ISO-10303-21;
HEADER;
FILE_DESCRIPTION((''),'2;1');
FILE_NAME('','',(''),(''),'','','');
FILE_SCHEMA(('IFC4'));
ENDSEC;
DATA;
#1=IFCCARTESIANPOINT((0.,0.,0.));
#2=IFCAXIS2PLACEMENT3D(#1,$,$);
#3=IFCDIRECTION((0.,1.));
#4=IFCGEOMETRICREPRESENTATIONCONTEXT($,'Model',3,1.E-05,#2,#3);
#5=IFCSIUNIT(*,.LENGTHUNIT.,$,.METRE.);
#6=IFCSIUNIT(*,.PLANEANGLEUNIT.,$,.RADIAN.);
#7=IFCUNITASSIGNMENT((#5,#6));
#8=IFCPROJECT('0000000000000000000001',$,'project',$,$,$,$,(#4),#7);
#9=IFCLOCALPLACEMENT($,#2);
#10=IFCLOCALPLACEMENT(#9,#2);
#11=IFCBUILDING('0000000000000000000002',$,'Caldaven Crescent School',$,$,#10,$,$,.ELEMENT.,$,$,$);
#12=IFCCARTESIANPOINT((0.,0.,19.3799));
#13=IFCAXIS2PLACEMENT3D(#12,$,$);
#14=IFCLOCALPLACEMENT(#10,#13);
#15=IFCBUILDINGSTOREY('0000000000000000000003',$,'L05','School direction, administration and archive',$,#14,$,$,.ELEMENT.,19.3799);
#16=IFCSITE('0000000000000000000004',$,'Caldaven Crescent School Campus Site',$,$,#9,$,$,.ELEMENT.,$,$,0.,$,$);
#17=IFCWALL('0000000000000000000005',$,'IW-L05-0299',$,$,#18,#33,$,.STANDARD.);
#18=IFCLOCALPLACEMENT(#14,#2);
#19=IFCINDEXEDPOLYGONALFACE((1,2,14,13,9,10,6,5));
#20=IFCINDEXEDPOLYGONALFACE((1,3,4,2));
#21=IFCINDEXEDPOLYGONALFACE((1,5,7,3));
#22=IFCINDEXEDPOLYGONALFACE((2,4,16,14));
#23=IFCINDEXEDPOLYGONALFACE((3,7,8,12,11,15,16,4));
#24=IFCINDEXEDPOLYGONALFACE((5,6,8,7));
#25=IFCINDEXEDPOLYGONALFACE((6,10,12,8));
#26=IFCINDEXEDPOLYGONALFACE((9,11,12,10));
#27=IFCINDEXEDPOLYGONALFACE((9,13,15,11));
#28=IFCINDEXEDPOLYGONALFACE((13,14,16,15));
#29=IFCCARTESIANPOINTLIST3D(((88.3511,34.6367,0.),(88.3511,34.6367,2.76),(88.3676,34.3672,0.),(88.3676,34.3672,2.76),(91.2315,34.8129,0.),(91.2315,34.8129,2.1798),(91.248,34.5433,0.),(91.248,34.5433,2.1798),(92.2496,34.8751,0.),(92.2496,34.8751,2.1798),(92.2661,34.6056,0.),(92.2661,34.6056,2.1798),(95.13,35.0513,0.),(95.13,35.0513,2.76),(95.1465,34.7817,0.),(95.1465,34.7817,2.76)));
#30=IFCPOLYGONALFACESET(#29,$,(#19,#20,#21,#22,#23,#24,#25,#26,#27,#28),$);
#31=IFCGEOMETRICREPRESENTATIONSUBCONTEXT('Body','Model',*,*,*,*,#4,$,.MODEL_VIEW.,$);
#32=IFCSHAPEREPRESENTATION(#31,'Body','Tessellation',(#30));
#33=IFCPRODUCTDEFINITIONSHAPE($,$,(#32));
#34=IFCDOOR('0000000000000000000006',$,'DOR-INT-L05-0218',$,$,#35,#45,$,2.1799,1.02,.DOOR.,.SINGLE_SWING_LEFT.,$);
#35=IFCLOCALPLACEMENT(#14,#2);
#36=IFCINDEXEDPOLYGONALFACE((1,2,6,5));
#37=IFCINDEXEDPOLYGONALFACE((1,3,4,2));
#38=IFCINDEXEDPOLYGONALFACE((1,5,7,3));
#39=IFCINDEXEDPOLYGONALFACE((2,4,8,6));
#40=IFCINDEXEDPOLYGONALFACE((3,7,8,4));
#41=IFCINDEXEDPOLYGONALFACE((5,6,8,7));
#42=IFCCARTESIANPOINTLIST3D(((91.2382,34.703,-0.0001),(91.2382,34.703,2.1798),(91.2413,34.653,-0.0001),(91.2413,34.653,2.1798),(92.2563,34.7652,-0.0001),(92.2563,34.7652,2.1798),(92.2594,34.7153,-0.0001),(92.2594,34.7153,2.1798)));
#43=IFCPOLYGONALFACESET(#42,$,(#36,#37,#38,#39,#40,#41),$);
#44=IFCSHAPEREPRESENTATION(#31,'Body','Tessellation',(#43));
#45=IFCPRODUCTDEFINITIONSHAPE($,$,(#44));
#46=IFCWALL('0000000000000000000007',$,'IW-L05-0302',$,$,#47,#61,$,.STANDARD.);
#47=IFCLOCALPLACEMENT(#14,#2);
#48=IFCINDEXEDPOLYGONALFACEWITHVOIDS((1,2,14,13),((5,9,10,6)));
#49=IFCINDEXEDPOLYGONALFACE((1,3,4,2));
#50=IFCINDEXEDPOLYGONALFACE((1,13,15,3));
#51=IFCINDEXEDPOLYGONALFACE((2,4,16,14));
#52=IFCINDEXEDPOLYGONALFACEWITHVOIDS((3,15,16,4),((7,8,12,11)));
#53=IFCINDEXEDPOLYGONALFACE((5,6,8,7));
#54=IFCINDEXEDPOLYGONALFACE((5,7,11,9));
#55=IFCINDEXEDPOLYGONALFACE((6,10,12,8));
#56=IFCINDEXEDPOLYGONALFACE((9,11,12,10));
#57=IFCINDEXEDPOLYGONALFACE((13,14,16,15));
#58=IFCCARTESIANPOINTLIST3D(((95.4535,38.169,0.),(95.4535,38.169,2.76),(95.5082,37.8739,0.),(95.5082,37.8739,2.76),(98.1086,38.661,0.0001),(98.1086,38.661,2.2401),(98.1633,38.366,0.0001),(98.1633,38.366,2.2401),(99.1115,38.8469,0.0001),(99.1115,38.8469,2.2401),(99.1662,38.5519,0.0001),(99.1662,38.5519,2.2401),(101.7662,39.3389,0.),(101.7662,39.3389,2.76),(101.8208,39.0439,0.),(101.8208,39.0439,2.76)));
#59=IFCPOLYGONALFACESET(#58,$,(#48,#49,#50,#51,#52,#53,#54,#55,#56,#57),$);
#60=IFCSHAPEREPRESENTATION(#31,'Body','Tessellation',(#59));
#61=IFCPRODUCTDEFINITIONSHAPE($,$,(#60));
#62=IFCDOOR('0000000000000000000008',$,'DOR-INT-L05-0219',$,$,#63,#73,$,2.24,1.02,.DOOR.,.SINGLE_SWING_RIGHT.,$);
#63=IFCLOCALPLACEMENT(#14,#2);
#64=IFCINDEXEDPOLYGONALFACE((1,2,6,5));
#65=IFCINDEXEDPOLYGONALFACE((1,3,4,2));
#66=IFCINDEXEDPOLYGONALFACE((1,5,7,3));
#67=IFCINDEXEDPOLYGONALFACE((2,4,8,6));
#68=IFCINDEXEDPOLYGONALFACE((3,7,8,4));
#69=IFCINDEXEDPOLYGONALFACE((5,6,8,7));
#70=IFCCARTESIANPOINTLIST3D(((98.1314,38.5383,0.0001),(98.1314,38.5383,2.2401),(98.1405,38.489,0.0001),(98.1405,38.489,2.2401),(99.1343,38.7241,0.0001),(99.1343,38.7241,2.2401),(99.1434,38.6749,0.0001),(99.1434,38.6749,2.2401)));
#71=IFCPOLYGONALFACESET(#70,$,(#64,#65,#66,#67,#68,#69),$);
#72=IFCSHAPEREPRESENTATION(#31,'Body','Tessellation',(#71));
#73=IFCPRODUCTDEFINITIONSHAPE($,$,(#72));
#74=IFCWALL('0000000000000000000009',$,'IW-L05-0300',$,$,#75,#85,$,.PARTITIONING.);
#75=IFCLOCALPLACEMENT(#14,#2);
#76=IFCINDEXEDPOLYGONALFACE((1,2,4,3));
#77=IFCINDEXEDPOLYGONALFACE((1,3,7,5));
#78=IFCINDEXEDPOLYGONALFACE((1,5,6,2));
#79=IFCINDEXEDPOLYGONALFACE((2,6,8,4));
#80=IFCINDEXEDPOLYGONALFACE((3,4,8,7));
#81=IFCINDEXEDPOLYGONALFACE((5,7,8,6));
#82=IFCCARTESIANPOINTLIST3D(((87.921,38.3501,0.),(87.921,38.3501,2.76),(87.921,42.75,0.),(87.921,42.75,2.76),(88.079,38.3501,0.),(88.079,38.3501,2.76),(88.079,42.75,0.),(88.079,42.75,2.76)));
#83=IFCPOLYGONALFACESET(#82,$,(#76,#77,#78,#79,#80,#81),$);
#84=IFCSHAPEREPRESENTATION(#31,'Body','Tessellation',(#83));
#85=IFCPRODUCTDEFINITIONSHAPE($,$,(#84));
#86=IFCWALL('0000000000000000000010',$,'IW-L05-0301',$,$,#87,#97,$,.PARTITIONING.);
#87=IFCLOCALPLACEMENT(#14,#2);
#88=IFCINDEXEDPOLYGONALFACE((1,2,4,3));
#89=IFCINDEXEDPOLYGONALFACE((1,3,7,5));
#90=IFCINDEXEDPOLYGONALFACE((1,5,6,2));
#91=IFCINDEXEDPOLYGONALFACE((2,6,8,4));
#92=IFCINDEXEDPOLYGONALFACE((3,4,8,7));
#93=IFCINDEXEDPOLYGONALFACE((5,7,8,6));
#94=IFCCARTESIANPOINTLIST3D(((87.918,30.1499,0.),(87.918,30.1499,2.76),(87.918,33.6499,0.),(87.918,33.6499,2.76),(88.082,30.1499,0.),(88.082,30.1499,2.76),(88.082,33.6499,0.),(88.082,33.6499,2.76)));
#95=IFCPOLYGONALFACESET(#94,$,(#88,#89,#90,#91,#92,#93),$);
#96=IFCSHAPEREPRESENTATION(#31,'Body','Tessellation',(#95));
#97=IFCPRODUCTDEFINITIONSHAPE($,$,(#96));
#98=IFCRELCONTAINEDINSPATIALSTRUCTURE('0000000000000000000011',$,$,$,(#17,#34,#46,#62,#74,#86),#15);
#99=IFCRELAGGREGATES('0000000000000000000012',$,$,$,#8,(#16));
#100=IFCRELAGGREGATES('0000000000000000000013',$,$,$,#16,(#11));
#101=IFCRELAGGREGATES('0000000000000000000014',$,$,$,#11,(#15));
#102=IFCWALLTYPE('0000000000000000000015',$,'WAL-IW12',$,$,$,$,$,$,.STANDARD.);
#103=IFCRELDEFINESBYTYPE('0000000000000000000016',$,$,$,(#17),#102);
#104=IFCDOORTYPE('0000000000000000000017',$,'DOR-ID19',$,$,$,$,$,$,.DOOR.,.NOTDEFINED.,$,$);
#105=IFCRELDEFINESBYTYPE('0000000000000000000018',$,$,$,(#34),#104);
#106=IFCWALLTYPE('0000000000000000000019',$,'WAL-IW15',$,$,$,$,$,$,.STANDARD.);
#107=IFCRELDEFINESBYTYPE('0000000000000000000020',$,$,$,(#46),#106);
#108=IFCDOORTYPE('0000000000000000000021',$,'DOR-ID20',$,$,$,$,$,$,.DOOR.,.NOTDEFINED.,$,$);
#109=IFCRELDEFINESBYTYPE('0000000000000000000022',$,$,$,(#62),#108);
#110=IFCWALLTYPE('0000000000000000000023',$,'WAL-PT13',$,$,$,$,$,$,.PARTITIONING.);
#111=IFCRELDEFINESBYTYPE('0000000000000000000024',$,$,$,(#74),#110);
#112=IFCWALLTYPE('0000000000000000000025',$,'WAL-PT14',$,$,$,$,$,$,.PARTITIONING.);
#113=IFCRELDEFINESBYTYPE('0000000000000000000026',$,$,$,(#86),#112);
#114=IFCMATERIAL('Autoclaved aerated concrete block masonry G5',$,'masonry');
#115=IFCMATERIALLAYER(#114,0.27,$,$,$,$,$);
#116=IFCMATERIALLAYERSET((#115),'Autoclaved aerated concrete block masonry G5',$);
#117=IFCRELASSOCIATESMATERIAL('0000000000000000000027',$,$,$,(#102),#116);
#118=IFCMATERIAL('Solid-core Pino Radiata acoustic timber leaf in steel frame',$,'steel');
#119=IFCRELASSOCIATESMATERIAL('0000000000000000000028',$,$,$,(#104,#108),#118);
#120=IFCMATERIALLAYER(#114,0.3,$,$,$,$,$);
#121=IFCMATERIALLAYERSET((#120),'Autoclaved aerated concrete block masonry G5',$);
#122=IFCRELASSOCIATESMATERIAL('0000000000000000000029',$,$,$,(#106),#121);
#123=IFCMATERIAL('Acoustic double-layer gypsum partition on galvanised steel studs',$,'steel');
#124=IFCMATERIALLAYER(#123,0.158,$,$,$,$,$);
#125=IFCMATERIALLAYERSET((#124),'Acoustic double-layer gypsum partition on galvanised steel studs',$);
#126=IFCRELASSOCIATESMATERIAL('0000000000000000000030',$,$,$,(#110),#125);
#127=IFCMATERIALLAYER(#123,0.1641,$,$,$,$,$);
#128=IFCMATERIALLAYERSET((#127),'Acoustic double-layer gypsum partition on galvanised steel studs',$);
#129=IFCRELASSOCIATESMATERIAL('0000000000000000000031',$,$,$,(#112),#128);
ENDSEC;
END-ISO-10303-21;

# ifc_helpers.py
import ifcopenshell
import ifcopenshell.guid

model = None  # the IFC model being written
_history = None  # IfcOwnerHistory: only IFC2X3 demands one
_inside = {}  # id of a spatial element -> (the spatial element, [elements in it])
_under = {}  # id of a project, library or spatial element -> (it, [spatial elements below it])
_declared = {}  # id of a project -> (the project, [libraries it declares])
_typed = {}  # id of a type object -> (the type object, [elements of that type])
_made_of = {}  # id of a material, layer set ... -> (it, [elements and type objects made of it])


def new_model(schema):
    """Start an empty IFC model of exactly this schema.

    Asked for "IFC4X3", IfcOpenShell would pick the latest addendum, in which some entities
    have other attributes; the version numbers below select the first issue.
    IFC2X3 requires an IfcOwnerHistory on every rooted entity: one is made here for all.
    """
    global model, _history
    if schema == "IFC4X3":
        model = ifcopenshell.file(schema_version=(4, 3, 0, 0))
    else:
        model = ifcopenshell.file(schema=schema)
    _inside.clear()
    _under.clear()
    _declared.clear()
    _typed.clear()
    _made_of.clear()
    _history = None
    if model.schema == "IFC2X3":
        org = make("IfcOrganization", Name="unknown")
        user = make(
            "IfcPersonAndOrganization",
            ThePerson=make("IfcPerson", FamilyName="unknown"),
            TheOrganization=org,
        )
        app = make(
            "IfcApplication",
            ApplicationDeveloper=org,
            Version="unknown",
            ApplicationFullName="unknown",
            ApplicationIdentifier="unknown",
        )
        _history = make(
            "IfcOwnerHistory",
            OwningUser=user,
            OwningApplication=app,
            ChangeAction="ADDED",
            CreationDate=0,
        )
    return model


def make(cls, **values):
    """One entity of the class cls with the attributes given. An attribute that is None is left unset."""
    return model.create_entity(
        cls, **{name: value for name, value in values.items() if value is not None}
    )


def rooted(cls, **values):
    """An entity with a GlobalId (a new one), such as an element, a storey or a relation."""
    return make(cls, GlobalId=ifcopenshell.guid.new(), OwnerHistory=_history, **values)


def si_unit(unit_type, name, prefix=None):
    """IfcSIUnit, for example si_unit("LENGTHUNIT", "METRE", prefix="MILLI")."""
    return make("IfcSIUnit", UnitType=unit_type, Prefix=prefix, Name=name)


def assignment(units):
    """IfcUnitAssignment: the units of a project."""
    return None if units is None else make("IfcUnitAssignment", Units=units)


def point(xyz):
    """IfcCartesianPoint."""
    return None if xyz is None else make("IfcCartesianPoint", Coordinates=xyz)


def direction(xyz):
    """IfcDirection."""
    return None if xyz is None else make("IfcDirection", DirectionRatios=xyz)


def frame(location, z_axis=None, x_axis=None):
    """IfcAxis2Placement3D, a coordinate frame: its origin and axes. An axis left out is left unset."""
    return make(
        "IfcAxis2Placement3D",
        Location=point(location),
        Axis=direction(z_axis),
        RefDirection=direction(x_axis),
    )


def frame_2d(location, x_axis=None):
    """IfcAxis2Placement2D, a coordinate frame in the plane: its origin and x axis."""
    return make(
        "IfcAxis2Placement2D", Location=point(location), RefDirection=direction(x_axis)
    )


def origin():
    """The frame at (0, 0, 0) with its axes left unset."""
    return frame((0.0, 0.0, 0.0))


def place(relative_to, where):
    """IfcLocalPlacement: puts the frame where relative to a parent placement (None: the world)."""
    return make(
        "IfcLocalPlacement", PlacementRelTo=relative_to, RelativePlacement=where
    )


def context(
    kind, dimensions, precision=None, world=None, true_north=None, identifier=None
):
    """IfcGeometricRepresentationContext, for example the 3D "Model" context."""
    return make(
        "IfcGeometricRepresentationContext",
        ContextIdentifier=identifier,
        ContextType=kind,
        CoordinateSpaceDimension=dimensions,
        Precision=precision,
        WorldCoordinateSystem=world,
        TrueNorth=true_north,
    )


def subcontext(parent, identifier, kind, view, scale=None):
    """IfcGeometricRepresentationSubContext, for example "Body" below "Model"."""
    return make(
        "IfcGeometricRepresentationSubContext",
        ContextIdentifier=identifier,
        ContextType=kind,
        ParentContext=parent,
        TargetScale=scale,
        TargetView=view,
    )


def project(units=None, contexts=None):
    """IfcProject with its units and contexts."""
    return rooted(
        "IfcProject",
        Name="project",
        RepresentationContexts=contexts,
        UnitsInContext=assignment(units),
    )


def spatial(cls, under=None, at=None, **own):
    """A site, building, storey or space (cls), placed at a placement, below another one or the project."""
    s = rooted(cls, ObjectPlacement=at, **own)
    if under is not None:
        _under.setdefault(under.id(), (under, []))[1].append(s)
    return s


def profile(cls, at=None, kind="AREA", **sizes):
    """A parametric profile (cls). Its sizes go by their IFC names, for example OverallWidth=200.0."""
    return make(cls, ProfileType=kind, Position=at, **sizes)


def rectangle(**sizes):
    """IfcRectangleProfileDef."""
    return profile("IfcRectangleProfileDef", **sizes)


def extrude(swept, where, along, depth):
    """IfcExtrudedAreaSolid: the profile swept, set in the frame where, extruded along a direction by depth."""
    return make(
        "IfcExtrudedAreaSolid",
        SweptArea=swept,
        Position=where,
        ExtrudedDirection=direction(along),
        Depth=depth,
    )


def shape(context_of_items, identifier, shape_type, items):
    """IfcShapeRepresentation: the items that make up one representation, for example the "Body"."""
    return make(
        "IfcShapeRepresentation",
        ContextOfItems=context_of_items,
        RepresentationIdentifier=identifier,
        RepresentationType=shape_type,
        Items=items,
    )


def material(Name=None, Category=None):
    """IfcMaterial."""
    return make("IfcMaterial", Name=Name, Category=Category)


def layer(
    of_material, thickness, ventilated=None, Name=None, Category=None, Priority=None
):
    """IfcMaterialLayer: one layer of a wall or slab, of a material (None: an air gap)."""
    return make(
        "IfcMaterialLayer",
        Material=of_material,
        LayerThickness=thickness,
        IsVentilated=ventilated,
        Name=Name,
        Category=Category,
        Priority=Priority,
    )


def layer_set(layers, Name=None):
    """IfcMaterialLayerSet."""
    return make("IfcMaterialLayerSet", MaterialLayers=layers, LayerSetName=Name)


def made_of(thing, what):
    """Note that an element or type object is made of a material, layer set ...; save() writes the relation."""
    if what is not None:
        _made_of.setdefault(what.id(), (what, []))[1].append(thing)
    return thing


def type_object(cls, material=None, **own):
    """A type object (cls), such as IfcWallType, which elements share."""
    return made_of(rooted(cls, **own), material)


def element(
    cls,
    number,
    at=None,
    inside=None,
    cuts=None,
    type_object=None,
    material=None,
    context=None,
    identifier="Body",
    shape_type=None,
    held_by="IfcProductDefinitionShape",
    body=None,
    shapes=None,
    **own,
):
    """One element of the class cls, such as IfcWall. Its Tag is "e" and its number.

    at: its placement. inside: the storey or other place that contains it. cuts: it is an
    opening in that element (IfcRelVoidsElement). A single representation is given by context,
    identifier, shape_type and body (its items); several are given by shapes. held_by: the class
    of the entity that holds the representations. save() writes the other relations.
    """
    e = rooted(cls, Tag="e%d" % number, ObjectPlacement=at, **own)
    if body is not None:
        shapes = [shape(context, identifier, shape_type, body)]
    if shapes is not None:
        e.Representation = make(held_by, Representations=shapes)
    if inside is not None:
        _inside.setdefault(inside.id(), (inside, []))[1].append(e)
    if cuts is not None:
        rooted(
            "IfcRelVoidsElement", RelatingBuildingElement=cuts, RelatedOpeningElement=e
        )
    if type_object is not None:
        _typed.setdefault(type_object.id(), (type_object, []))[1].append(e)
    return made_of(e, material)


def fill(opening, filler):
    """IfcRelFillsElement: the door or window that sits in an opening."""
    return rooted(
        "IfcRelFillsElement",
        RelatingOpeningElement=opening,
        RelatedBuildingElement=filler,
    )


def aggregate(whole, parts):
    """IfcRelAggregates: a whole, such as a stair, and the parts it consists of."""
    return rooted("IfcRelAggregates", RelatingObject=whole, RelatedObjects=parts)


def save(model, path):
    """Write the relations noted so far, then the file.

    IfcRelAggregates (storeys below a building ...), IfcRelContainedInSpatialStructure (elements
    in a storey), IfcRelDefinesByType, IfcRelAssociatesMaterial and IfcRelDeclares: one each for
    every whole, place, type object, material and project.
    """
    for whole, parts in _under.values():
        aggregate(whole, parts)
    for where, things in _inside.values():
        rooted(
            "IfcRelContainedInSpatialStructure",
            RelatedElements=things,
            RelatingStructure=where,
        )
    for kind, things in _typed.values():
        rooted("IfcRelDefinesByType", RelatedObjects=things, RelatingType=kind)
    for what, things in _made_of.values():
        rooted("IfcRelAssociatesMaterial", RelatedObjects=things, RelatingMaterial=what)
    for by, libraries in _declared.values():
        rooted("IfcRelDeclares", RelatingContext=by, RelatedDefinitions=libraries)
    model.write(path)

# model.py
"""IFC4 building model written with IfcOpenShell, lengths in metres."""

from ifc_helpers import new_model, si_unit, direction, frame, frame_2d, origin, place, context, subcontext, project, spatial, rectangle, extrude, material, layer, layer_set, type_object, element, fill, save


model = new_model("IFC4")

# Units and contexts
model_context = context("Model", 3, precision=1e-05, world=origin(), true_north=direction((0.0, 1.0)))
body_context = subcontext(model_context, "Body", "Model", "MODEL_VIEW")
ifc_project = project(units=[si_unit("LENGTHUNIT", "METRE"), si_unit("PLANEANGLEUNIT", "RADIAN")], contexts=[model_context])

# Site, building, storey
site_placement = place(None, origin())
site = spatial("IfcSite", under=ifc_project, at=site_placement, Name="Caldaven Crescent School Campus Site", CompositionType="ELEMENT", RefElevation=0.0)
building_placement = place(site_placement, origin())
building = spatial("IfcBuilding", under=site, at=building_placement, Name="Caldaven Crescent School", CompositionType="ELEMENT")
storey_placement = place(building_placement, frame((0.0, 0.0, 19.3799)))
storey = spatial("IfcBuildingStorey", under=building, at=storey_placement, Name="L05", Description="School direction, administration and archive", CompositionType="ELEMENT", Elevation=19.3799)

# Walls, openings, doors
ifc_material_1 = material(Name="Solid-core Pino Radiata acoustic timber leaf in steel frame", Category="steel")
ifc_material_2 = material(Name="Autoclaved aerated concrete block masonry G5", Category="masonry")
ifc_layer_1 = layer(ifc_material_2, 0.27)
ifc_layer_set_1 = layer_set([ifc_layer_1], Name="Autoclaved aerated concrete block masonry G5")
wall_type_1 = type_object("IfcWallType", Name="WAL-IW12", PredefinedType="STANDARD", material=ifc_layer_set_1)
wall_1_placement = place(storey_placement, frame((88.3594, 34.502, 0.0), z_axis=(0.0, 0.0, 1.0), x_axis=(0.998135, 0.06104, 0.0)))
wall_1 = element("IfcWall", 1, at=wall_1_placement, inside=storey, type_object=wall_type_1, Name="IW-L05-0299", PredefinedType="STANDARD", context=body_context, shape_type="SweptSolid", body=[
    extrude(rectangle(XDim=6.7915, YDim=0.27, at=frame_2d((3.3958, 0.0))), origin(), (0.0, 0.0, 1.0), 2.76),
])
opening_1_placement = place(wall_1_placement, frame((2.8857, 0.0, 0.0)))
opening_1 = element("IfcOpeningElement", 2, at=opening_1_placement, cuts=wall_1, PredefinedType="OPENING", context=body_context, shape_type="SweptSolid", body=[
    extrude(rectangle(XDim=1.02, YDim=2.1799, at=frame_2d((0.51, 1.0898))), frame((0.0, 0.145, 0.0), z_axis=(0.0, -1.0, 0.0), x_axis=(1.0, 0.0, 0.0)), (0.0, 0.0, 1.0), 0.29),
])
door_type_1 = type_object("IfcDoorType", Name="DOR-ID19", OperationType="NOTDEFINED", PredefinedType="DOOR", material=ifc_material_1)
door_1_placement = place(opening_1_placement, origin())
door_1 = element("IfcDoor", 3, at=door_1_placement, inside=storey, type_object=door_type_1, Name="DOR-INT-L05-0218", OperationType="SINGLE_SWING_LEFT", OverallHeight=2.1799, OverallWidth=1.02, PredefinedType="DOOR", context=body_context, shape_type="SweptSolid", body=[
    extrude(rectangle(XDim=1.02, YDim=2.1799, at=frame_2d((0.51, 1.0898))), frame((0.0, 0.0249, 0.0), z_axis=(0.0, -1.0, 0.0), x_axis=(1.0, 0.0, 0.0)), (0.0, 0.0, 1.0), 0.05),
])
fill(opening_1, door_1)
ifc_layer_2 = layer(ifc_material_2, 0.3)
ifc_layer_set_2 = layer_set([ifc_layer_2], Name="Autoclaved aerated concrete block masonry G5")
wall_type_2 = type_object("IfcWallType", Name="WAL-IW15", PredefinedType="STANDARD", material=ifc_layer_set_2)
wall_2_placement = place(storey_placement, frame((95.481, 38.0215, 0.0), z_axis=(0.0, 0.0, 1.0), x_axis=(0.983257, 0.182224, 0.0)))
wall_2 = element("IfcWall", 4, at=wall_2_placement, inside=storey, type_object=wall_type_2, Name="IW-L05-0302", PredefinedType="STANDARD", context=body_context, shape_type="SweptSolid", body=[
    extrude(rectangle(XDim=6.4202, YDim=0.3, at=frame_2d((3.21, 0.0))), origin(), (0.0, 0.0, 1.0), 2.76),
])
opening_2_placement = place(wall_2_placement, frame((2.7002, 0.0, 0.0)))
opening_2 = element("IfcOpeningElement", 5, at=opening_2_placement, cuts=wall_2, PredefinedType="OPENING", context=body_context, shape_type="SweptSolid", body=[
    extrude(rectangle(XDim=1.02, YDim=2.24, at=frame_2d((0.51, 1.1201))), frame((0.0, 0.1599, 0.0), z_axis=(0.0, -1.0, 0.0), x_axis=(1.0, 0.0, 0.0)), (0.0, 0.0, 1.0), 0.3201),
])
door_type_2 = type_object("IfcDoorType", Name="DOR-ID20", OperationType="NOTDEFINED", PredefinedType="DOOR", material=ifc_material_1)
door_2_placement = place(opening_2_placement, frame((1.02, 0.0, 0.0), z_axis=(0.0, 0.0, 1.0), x_axis=(-1.0, 0.0, 0.0)))
door_2 = element("IfcDoor", 6, at=door_2_placement, inside=storey, type_object=door_type_2, Name="DOR-INT-L05-0219", OperationType="SINGLE_SWING_RIGHT", OverallHeight=2.24, OverallWidth=1.02, PredefinedType="DOOR", context=body_context, shape_type="SweptSolid", body=[
    extrude(rectangle(XDim=1.02, YDim=2.24, at=frame_2d((0.51, 1.1201))), frame((0.0, 0.0249, 0.0), z_axis=(0.0, -1.0, 0.0), x_axis=(1.0, 0.0, 0.0)), (0.0, 0.0, 1.0), 0.05),
])
fill(opening_2, door_2)

# Walls
ifc_material_3 = material(Name="Acoustic double-layer gypsum partition on galvanised steel studs", Category="steel")
ifc_layer_3 = layer(ifc_material_3, 0.158)
ifc_layer_set_3 = layer_set([ifc_layer_3], Name="Acoustic double-layer gypsum partition on galvanised steel studs")
wall_type_3 = type_object("IfcWallType", Name="WAL-PT13", PredefinedType="PARTITIONING", material=ifc_layer_set_3)
wall_3_placement = place(storey_placement, frame((88.0, 42.75, 0.0), z_axis=(0.0, 0.0, 1.0), x_axis=(0.0, -1.0, 0.0)))
element("IfcWall", 7, at=wall_3_placement, inside=storey, type_object=wall_type_3, Name="IW-L05-0300", PredefinedType="PARTITIONING", context=body_context, shape_type="SweptSolid", body=[
    extrude(rectangle(XDim=4.3999, YDim=0.158, at=frame_2d((2.2, 0.0))), origin(), (0.0, 0.0, 1.0), 2.76),
])
ifc_layer_4 = layer(ifc_material_3, 0.1641)
ifc_layer_set_4 = layer_set([ifc_layer_4], Name="Acoustic double-layer gypsum partition on galvanised steel studs")
wall_type_4 = type_object("IfcWallType", Name="WAL-PT14", PredefinedType="PARTITIONING", material=ifc_layer_set_4)
wall_4_placement = place(storey_placement, frame((88.0, 33.6499, 0.0), z_axis=(0.0, 0.0, 1.0), x_axis=(0.0, -1.0, 0.0)))
element("IfcWall", 8, at=wall_4_placement, inside=storey, type_object=wall_type_4, Name="IW-L05-0301", PredefinedType="PARTITIONING", context=body_context, shape_type="SweptSolid", body=[
    extrude(rectangle(XDim=3.5, YDim=0.1641, at=frame_2d((1.75, 0.0))), origin(), (0.0, 0.0, 1.0), 2.76),
])

save(model, "model.ifc")
